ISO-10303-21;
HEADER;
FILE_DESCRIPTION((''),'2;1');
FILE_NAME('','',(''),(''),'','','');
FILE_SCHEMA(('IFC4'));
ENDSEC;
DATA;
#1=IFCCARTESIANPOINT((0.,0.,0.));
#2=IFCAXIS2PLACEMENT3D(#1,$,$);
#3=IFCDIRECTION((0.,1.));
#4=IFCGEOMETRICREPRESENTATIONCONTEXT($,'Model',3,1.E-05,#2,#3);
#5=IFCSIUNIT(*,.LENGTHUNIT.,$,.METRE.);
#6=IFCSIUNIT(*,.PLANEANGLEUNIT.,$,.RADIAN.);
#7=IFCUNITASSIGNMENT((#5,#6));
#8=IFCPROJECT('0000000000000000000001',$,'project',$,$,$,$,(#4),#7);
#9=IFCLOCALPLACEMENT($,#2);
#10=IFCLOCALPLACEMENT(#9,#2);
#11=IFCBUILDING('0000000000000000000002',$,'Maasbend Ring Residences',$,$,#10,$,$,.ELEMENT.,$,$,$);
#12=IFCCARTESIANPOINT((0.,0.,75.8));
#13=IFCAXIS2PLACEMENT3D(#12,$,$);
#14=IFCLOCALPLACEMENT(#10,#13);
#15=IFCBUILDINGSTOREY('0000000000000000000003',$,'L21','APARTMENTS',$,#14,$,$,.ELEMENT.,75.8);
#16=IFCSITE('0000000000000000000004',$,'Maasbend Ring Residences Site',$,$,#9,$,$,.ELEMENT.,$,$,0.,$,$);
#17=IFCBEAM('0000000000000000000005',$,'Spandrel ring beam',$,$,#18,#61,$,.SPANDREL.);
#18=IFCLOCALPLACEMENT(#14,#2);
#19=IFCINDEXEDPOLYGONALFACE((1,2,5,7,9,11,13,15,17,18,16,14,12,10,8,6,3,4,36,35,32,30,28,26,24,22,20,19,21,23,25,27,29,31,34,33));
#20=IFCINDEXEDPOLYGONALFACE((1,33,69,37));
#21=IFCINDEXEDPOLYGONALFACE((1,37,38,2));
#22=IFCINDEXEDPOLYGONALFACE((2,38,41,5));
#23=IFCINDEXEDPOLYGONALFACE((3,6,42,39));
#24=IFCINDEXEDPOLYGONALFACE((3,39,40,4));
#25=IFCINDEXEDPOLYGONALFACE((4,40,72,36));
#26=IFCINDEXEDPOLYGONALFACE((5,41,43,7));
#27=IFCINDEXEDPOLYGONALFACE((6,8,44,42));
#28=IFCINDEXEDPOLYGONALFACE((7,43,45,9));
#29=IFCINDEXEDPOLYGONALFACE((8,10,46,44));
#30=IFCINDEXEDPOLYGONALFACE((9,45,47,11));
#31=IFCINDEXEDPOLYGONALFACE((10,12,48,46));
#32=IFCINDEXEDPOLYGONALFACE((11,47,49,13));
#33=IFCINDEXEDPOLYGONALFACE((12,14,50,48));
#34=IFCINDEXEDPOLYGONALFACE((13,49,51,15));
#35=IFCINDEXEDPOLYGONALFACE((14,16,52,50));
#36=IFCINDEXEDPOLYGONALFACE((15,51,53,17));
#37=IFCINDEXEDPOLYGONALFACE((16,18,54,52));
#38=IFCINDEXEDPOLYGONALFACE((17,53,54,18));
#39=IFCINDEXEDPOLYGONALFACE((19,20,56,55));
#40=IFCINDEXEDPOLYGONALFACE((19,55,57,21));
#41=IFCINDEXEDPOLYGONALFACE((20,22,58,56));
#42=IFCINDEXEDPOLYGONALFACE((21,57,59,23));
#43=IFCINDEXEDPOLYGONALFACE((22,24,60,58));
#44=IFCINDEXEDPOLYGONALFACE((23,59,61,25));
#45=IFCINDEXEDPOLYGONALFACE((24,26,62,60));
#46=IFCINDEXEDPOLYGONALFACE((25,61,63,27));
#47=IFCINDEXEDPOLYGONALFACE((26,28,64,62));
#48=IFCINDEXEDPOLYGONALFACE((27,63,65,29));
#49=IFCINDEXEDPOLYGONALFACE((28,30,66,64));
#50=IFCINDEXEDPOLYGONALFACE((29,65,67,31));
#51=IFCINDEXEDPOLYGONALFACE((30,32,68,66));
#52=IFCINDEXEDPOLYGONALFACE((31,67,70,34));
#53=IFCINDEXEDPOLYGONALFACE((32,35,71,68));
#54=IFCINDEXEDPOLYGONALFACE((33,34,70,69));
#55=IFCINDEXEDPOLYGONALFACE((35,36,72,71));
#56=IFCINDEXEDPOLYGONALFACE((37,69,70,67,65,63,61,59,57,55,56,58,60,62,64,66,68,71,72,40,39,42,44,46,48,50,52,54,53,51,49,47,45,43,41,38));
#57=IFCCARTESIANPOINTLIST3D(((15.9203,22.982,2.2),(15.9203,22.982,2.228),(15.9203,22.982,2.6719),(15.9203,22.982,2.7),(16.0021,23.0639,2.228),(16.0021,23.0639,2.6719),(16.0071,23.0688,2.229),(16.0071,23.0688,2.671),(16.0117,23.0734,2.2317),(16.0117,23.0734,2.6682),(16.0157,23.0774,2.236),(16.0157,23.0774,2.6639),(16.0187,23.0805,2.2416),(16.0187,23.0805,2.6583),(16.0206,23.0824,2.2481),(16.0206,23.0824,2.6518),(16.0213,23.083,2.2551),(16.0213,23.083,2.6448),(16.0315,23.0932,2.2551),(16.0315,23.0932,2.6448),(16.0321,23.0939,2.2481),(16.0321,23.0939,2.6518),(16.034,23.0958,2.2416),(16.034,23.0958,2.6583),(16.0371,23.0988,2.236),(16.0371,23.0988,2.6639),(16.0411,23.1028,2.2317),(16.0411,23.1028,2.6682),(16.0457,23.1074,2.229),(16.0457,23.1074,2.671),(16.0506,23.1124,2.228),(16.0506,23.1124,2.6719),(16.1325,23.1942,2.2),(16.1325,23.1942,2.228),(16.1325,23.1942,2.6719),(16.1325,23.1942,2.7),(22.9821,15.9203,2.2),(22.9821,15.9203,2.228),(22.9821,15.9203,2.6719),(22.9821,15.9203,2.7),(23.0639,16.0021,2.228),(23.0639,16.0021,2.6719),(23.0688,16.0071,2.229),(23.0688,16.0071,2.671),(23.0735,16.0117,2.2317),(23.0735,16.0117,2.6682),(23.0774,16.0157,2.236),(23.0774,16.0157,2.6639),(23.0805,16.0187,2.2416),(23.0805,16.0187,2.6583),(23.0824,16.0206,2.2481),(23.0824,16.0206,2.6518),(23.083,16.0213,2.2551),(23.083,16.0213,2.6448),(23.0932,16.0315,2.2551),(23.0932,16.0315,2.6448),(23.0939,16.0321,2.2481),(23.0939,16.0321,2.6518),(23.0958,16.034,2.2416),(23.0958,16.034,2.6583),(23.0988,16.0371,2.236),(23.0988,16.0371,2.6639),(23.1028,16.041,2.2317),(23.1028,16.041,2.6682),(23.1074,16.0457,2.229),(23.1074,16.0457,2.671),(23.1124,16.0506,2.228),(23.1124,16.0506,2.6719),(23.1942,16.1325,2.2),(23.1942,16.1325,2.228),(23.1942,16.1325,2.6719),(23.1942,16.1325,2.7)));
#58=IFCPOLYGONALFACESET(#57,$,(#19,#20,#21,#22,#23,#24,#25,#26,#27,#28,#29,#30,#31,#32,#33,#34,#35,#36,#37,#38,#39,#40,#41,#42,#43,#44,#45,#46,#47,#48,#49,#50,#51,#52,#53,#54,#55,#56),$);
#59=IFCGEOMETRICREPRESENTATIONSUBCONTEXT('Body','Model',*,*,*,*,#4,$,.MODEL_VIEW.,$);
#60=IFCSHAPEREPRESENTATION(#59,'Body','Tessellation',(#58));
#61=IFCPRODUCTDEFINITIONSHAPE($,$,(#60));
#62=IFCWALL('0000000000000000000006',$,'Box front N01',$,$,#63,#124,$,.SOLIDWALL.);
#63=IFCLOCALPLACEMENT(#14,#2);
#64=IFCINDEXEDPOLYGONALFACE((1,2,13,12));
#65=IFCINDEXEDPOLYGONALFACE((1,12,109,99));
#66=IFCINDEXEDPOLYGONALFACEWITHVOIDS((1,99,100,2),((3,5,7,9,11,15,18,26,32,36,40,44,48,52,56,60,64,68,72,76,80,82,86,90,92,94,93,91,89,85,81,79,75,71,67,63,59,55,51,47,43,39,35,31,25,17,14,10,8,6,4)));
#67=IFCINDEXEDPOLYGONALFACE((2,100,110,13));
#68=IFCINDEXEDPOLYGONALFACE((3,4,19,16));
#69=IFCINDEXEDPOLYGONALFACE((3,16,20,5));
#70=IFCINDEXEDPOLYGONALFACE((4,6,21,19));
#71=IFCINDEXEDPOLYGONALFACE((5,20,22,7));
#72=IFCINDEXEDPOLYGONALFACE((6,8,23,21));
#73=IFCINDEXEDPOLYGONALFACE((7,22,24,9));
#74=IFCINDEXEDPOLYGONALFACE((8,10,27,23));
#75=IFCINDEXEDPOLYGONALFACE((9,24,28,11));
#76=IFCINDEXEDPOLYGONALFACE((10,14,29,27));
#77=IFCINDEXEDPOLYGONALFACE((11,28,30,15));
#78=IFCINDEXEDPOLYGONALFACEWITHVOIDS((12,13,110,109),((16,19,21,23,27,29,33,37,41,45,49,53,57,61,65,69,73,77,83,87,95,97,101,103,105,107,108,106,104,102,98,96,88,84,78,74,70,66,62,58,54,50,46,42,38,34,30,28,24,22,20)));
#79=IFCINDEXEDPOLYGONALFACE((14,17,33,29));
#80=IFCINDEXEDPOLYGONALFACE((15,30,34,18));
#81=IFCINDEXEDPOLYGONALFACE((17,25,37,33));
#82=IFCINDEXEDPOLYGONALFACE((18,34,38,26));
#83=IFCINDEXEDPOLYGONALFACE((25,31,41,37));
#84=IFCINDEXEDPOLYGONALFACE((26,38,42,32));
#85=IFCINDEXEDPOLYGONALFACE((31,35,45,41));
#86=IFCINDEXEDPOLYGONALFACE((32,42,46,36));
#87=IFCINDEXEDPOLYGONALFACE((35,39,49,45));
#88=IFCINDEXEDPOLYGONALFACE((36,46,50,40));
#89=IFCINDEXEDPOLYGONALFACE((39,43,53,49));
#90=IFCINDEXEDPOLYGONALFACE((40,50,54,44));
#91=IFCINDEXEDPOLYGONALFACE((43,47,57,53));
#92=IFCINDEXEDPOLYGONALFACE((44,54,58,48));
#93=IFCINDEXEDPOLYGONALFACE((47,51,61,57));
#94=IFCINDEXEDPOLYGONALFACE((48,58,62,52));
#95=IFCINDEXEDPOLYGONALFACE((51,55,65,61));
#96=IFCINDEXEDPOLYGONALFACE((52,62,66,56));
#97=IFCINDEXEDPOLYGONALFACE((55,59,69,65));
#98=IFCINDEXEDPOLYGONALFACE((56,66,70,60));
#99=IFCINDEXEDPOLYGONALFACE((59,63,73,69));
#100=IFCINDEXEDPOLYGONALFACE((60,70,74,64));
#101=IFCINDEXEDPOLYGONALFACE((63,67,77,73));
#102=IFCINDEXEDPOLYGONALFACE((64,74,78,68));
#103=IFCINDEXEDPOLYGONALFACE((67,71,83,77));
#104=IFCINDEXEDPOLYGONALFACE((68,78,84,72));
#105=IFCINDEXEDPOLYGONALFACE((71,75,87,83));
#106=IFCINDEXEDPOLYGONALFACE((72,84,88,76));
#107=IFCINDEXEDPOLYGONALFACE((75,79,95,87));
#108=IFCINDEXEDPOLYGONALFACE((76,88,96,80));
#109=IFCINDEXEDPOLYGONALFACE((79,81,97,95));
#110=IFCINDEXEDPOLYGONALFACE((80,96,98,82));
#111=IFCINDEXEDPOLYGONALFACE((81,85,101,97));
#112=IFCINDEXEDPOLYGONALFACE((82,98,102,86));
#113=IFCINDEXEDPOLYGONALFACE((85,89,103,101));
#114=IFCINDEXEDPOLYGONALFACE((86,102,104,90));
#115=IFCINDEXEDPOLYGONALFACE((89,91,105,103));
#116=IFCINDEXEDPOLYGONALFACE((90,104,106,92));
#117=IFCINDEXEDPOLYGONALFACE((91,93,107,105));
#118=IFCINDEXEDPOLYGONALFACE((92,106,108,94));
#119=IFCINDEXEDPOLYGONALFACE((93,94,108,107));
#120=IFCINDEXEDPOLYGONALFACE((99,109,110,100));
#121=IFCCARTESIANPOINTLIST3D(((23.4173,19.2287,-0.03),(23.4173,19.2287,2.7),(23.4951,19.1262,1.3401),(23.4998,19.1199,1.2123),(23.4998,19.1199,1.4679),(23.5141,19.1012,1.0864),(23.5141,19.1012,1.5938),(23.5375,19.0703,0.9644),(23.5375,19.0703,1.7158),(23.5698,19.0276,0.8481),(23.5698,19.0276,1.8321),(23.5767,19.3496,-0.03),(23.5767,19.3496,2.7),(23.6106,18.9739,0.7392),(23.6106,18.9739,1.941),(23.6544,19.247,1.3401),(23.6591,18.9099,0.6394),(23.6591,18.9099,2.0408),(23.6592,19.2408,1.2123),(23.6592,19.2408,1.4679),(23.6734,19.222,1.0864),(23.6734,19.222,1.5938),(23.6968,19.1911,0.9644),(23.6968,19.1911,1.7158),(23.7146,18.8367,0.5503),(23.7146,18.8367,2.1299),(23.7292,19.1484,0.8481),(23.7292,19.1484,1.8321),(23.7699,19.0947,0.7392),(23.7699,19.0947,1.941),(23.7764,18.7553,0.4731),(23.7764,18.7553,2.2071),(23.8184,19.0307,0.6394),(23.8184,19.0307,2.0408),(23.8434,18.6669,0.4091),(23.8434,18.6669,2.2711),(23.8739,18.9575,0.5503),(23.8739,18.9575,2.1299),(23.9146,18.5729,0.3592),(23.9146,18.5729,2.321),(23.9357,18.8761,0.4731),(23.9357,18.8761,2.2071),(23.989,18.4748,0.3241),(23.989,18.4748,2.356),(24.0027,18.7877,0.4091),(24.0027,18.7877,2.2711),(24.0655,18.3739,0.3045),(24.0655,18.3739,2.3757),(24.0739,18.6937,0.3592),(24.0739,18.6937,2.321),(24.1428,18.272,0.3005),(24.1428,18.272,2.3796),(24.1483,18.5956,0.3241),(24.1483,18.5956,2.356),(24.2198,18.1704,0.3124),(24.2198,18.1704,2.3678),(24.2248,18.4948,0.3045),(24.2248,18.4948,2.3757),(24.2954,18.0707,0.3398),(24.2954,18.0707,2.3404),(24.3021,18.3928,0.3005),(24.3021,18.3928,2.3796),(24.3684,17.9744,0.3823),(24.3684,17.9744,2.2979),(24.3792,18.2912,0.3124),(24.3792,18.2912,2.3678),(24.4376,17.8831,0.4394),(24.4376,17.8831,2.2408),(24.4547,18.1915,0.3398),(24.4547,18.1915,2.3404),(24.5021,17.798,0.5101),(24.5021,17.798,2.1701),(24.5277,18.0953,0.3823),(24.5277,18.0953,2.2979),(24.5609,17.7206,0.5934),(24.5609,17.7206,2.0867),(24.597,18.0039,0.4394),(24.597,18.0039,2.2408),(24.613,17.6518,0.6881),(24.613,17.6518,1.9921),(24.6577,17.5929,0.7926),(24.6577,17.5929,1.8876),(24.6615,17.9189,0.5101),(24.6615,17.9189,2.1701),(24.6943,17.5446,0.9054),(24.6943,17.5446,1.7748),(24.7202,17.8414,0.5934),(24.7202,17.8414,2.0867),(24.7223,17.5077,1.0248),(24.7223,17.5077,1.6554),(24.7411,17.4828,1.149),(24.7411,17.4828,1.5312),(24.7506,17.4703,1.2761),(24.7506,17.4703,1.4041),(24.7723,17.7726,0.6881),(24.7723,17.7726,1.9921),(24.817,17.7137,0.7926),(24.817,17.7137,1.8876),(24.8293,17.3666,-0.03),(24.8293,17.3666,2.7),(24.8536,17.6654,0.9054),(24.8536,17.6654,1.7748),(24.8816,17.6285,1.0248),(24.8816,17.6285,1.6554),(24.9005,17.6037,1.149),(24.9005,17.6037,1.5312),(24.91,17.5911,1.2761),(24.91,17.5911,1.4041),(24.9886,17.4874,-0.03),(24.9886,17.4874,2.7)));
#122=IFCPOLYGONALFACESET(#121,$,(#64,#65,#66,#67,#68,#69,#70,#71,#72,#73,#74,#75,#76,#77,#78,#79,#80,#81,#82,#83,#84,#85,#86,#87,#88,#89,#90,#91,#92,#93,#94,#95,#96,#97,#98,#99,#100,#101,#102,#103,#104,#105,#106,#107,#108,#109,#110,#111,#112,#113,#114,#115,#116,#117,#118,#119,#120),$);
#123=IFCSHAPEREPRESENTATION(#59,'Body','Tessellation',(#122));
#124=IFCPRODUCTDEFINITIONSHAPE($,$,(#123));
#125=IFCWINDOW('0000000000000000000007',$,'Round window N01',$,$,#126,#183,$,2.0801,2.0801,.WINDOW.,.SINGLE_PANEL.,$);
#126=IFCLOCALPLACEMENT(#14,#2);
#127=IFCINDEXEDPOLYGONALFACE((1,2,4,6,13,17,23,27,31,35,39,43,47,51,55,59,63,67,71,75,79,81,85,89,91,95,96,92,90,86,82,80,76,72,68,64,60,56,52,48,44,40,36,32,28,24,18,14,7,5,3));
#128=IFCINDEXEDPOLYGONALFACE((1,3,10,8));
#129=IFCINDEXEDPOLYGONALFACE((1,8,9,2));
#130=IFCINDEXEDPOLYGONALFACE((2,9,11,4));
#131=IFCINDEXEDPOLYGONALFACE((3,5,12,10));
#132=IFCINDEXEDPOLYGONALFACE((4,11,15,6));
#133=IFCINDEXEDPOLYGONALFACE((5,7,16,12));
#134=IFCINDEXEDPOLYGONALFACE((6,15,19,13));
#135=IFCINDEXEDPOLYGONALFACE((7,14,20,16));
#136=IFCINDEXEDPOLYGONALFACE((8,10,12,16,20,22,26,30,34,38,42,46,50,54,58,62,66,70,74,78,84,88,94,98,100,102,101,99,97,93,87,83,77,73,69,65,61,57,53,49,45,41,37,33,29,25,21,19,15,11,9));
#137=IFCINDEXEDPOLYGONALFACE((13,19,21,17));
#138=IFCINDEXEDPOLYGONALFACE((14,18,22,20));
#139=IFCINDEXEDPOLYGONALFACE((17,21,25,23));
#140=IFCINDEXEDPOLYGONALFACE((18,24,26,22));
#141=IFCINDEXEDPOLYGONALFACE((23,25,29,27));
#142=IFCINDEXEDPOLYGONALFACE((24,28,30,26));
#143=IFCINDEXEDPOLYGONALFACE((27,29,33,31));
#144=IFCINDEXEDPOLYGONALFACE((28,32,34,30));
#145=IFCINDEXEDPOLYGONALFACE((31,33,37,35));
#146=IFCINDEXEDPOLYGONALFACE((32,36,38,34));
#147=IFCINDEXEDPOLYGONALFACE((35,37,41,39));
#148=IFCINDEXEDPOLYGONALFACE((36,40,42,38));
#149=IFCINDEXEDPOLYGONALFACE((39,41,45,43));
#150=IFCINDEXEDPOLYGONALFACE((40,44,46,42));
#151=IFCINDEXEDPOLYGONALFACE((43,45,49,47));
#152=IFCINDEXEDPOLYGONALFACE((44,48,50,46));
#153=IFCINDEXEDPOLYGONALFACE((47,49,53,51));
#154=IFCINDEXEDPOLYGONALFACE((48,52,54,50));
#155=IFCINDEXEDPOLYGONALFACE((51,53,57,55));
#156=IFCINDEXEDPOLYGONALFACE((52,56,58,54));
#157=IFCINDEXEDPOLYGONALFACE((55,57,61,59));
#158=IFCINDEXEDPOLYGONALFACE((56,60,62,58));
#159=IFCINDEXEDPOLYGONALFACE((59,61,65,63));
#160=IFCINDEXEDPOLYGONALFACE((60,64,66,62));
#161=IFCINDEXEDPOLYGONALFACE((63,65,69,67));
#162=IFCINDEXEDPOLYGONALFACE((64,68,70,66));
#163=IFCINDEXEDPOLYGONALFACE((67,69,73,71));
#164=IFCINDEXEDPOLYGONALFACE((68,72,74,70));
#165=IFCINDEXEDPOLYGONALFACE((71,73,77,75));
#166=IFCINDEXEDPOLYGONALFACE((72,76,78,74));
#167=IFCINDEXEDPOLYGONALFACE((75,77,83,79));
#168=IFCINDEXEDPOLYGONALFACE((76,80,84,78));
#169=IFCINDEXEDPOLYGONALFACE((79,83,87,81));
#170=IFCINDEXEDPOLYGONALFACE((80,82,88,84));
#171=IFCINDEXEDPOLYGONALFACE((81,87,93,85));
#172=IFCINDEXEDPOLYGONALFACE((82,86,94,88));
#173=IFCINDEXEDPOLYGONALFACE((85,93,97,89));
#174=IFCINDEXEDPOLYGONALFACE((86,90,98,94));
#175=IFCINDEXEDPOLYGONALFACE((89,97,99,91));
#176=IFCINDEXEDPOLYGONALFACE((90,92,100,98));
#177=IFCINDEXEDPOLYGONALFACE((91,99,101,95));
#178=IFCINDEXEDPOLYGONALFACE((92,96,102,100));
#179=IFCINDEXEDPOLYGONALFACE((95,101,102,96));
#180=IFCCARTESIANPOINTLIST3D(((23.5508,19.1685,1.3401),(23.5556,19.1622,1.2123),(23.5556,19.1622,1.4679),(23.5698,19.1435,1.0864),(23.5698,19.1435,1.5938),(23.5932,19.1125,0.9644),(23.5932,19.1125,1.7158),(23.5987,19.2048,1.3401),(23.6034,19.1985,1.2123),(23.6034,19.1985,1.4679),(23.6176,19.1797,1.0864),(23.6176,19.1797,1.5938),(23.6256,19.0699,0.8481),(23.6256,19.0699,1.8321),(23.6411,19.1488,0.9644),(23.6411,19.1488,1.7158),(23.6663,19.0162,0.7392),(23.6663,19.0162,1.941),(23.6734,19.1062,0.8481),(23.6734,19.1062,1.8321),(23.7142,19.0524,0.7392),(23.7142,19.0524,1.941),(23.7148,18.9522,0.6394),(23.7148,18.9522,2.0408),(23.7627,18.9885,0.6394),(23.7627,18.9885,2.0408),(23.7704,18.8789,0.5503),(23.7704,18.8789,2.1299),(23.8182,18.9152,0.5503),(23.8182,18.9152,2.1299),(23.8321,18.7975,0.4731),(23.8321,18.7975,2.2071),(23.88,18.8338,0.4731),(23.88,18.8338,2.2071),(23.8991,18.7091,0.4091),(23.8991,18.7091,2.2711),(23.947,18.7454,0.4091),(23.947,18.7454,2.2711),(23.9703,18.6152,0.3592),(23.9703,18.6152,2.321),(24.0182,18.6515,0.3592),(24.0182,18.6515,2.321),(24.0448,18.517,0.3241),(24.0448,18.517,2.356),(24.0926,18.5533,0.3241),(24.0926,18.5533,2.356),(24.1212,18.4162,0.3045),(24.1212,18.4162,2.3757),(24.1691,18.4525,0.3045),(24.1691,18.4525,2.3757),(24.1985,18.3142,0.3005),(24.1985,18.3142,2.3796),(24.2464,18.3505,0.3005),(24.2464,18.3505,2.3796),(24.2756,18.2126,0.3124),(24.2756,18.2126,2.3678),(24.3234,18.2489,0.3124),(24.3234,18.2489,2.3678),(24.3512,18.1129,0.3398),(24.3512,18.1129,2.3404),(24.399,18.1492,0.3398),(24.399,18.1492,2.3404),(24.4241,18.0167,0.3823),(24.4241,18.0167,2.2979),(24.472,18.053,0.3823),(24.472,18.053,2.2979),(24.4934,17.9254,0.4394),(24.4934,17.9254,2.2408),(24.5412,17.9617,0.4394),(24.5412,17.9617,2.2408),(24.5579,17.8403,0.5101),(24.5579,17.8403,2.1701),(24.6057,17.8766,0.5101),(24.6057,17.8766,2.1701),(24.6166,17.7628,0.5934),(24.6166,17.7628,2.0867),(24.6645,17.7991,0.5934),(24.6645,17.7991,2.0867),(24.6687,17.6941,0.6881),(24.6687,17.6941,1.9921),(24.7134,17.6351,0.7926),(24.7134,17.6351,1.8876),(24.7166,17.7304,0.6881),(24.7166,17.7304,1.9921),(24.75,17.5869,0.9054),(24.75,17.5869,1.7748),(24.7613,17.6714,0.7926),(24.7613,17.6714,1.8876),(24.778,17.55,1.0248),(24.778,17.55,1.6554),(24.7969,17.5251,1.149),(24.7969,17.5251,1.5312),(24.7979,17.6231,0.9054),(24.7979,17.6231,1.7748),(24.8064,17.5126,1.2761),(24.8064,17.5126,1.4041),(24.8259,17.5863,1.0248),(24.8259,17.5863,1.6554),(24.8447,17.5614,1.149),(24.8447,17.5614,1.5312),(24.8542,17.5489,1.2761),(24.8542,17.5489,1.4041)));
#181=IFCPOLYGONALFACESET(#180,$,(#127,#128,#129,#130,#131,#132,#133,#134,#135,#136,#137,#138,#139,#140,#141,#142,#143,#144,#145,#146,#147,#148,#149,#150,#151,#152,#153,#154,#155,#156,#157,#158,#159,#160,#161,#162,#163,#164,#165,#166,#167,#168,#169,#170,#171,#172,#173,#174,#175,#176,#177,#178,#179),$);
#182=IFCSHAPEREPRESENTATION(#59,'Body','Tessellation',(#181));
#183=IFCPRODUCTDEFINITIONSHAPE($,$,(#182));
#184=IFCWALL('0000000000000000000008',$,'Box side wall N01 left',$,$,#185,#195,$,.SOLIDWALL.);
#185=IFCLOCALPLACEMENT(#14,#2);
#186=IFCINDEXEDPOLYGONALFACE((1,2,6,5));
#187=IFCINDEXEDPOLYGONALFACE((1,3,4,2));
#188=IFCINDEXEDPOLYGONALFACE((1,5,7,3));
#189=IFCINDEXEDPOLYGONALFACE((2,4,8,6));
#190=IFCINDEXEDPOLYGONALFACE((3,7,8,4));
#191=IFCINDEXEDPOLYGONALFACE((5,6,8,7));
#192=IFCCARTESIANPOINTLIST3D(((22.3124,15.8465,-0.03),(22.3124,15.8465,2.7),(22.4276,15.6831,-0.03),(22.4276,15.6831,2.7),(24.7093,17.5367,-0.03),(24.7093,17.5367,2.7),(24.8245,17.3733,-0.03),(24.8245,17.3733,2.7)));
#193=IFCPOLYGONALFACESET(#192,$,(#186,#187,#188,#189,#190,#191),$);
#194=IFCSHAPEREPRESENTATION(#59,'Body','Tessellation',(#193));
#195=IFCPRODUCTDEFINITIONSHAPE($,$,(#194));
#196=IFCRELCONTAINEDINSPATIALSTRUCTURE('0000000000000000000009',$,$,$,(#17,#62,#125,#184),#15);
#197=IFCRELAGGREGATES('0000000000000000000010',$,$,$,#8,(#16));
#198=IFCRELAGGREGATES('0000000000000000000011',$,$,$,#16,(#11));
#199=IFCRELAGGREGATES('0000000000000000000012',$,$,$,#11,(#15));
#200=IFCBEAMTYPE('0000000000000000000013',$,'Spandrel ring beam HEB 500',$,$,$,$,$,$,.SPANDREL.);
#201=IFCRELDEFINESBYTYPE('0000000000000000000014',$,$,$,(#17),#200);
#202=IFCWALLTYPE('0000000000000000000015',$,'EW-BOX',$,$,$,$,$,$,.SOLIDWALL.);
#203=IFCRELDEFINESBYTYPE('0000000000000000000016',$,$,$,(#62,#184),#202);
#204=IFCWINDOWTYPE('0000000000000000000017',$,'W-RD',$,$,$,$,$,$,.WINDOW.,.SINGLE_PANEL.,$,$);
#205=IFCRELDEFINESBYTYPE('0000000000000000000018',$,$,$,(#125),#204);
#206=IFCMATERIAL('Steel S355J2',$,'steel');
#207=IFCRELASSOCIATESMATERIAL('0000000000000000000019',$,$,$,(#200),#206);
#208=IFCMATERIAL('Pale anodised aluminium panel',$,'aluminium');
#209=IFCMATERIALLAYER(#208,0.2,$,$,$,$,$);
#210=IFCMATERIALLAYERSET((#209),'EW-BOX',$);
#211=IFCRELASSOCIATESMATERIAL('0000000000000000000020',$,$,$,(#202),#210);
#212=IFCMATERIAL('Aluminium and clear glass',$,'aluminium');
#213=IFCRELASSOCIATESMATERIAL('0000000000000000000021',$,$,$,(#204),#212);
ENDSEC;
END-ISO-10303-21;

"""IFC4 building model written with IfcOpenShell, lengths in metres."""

from ifc_helpers import new_model, si_unit, direction, frame, frame_2d, origin, origin_2d, place, context, subcontext, project, spatial, rectangle, circle, i_section, extrude, material, layer, layer_set, material_profile, profile_set, type_object, element, fill, save


model = new_model("IFC4")

# Units and contexts
model_context = context("Model", 3, precision=1e-05, world=origin(), true_north=direction((0.0, 1.0)))
body_context = subcontext(model_context, "Body", "Model", "MODEL_VIEW")
ifc_project = project(units=[si_unit("LENGTHUNIT", "METRE"), si_unit("PLANEANGLEUNIT", "RADIAN")], contexts=[model_context])

# Site, building, storey
site_placement = place(None, origin())
site = spatial("IfcSite", under=ifc_project, at=site_placement, Name="Maasbend Ring Residences Site", CompositionType="ELEMENT", RefElevation=0.0)
building_placement = place(site_placement, origin())
building = spatial("IfcBuilding", under=site, at=building_placement, Name="Maasbend Ring Residences", CompositionType="ELEMENT")
storey_placement = place(building_placement, frame((0.0, 0.0, 75.8)))
storey = spatial("IfcBuildingStorey", under=building, at=storey_placement, Name="L21", Description="APARTMENTS", CompositionType="ELEMENT", Elevation=75.8)

# Beam
ifc_material_1 = material(Name="Steel S355J2", Category="steel")
ifc_material_profile_1 = material_profile(ifc_material_1, i_section(OverallWidth=0.3, OverallDepth=0.5, WebThickness=0.0144, FlangeThickness=0.0281, FilletRadius=0.0271, at=origin_2d()), Name="HEB 500")
ifc_profile_set_1 = profile_set([ifc_material_profile_1], Name="Steel S355J2")
beam_type = type_object("IfcBeamType", Name="Spandrel ring beam HEB 500", PredefinedType="SPANDREL", material=ifc_profile_set_1)
beam_placement = place(storey_placement, frame((23.0881, 16.0264, 2.45), z_axis=(-0.707107, 0.707107, 0.0), x_axis=(-0.707107, -0.707107, 0.0)))
element("IfcBeam", 1, at=beam_placement, inside=storey, type_object=beam_type, Name="Spandrel ring beam", PredefinedType="SPANDREL", context=body_context, shape_type="SweptSolid", body=[
    extrude(i_section(OverallWidth=0.3, OverallDepth=0.5, WebThickness=0.0144, FlangeThickness=0.0281, FilletRadius=0.0271, at=origin_2d()), origin(), (0.0, 0.0, 1.0), 9.9868),
])

# Wall, opening, window
ifc_material_2 = material(Name="Pale anodised aluminium panel", Category="aluminium")
ifc_layer_1 = layer(ifc_material_2, 0.2)
ifc_layer_set_1 = layer_set([ifc_layer_1], Name="EW-BOX")
wall_type_1 = type_object("IfcWallType", Name="EW-BOX", PredefinedType="SOLIDWALL", material=ifc_layer_set_1)
wall_1_placement = place(storey_placement, frame((24.9089, 17.427, -0.03), z_axis=(0.0, 0.0, 1.0), x_axis=(-0.604188, 0.796842, 0.0)))
wall_1 = element("IfcWall", 2, at=wall_1_placement, inside=storey, type_object=wall_type_1, Name="Box front N01", PredefinedType="SOLIDWALL", context=body_context, shape_type="SweptSolid", body=[
    extrude(rectangle(XDim=2.3369, YDim=0.2, at=frame_2d((1.1685, 0.0))), origin(), (0.0, 0.0, 1.0), 2.73),
])
opening_1_placement = place(wall_1_placement, frame((0.1282, 0.0, 0.3301)))
opening_1 = element("IfcOpeningElement", 3, at=opening_1_placement, cuts=wall_1, PredefinedType="OPENING", context=body_context, shape_type="SweptSolid", body=[
    extrude(circle(Radius=1.04, at=frame_2d((1.04, 1.04))), frame((0.0, 0.1099, 0.0), z_axis=(0.0, -1.0, 0.0), x_axis=(1.0, 0.0, 0.0)), (0.0, 0.0, 1.0), 0.22),
])
ifc_material_3 = material(Name="Aluminium and clear glass", Category="aluminium")
window_type_1 = type_object("IfcWindowType", Name="W-RD", PartitioningType="SINGLE_PANEL", PredefinedType="WINDOW", material=ifc_material_3)
window_1_placement = place(opening_1_placement, origin())
window_1 = element("IfcWindow", 4, at=window_1_placement, inside=storey, type_object=window_type_1, Name="Round window N01", OverallHeight=2.0801, OverallWidth=2.0801, PartitioningType="SINGLE_PANEL", PredefinedType="WINDOW", context=body_context, shape_type="SweptSolid", body=[
    extrude(circle(Radius=1.04, at=frame_2d((1.04, 1.04))), frame((0.0, 0.03, 0.0), z_axis=(0.0, -1.0, 0.0), x_axis=(1.0, 0.0, 0.0)), (0.0, 0.0, 1.0), 0.0601),
])
fill(opening_1, window_1)

# Wall
wall_2_placement = place(storey_placement, frame((22.3701, 15.7649, -0.03), z_axis=(0.0, 0.0, 1.0), x_axis=(0.817256, 0.576275, 0.0)))
element("IfcWall", 5, at=wall_2_placement, inside=storey, type_object=wall_type_1, Name="Box side wall N01 left", PredefinedType="SOLIDWALL", context=body_context, shape_type="SweptSolid", body=[
    extrude(rectangle(XDim=2.9329, YDim=0.2, at=frame_2d((1.4663, 0.0))), origin(), (0.0, 0.0, 1.0), 2.73),
])

save(model, "model.ifc")
